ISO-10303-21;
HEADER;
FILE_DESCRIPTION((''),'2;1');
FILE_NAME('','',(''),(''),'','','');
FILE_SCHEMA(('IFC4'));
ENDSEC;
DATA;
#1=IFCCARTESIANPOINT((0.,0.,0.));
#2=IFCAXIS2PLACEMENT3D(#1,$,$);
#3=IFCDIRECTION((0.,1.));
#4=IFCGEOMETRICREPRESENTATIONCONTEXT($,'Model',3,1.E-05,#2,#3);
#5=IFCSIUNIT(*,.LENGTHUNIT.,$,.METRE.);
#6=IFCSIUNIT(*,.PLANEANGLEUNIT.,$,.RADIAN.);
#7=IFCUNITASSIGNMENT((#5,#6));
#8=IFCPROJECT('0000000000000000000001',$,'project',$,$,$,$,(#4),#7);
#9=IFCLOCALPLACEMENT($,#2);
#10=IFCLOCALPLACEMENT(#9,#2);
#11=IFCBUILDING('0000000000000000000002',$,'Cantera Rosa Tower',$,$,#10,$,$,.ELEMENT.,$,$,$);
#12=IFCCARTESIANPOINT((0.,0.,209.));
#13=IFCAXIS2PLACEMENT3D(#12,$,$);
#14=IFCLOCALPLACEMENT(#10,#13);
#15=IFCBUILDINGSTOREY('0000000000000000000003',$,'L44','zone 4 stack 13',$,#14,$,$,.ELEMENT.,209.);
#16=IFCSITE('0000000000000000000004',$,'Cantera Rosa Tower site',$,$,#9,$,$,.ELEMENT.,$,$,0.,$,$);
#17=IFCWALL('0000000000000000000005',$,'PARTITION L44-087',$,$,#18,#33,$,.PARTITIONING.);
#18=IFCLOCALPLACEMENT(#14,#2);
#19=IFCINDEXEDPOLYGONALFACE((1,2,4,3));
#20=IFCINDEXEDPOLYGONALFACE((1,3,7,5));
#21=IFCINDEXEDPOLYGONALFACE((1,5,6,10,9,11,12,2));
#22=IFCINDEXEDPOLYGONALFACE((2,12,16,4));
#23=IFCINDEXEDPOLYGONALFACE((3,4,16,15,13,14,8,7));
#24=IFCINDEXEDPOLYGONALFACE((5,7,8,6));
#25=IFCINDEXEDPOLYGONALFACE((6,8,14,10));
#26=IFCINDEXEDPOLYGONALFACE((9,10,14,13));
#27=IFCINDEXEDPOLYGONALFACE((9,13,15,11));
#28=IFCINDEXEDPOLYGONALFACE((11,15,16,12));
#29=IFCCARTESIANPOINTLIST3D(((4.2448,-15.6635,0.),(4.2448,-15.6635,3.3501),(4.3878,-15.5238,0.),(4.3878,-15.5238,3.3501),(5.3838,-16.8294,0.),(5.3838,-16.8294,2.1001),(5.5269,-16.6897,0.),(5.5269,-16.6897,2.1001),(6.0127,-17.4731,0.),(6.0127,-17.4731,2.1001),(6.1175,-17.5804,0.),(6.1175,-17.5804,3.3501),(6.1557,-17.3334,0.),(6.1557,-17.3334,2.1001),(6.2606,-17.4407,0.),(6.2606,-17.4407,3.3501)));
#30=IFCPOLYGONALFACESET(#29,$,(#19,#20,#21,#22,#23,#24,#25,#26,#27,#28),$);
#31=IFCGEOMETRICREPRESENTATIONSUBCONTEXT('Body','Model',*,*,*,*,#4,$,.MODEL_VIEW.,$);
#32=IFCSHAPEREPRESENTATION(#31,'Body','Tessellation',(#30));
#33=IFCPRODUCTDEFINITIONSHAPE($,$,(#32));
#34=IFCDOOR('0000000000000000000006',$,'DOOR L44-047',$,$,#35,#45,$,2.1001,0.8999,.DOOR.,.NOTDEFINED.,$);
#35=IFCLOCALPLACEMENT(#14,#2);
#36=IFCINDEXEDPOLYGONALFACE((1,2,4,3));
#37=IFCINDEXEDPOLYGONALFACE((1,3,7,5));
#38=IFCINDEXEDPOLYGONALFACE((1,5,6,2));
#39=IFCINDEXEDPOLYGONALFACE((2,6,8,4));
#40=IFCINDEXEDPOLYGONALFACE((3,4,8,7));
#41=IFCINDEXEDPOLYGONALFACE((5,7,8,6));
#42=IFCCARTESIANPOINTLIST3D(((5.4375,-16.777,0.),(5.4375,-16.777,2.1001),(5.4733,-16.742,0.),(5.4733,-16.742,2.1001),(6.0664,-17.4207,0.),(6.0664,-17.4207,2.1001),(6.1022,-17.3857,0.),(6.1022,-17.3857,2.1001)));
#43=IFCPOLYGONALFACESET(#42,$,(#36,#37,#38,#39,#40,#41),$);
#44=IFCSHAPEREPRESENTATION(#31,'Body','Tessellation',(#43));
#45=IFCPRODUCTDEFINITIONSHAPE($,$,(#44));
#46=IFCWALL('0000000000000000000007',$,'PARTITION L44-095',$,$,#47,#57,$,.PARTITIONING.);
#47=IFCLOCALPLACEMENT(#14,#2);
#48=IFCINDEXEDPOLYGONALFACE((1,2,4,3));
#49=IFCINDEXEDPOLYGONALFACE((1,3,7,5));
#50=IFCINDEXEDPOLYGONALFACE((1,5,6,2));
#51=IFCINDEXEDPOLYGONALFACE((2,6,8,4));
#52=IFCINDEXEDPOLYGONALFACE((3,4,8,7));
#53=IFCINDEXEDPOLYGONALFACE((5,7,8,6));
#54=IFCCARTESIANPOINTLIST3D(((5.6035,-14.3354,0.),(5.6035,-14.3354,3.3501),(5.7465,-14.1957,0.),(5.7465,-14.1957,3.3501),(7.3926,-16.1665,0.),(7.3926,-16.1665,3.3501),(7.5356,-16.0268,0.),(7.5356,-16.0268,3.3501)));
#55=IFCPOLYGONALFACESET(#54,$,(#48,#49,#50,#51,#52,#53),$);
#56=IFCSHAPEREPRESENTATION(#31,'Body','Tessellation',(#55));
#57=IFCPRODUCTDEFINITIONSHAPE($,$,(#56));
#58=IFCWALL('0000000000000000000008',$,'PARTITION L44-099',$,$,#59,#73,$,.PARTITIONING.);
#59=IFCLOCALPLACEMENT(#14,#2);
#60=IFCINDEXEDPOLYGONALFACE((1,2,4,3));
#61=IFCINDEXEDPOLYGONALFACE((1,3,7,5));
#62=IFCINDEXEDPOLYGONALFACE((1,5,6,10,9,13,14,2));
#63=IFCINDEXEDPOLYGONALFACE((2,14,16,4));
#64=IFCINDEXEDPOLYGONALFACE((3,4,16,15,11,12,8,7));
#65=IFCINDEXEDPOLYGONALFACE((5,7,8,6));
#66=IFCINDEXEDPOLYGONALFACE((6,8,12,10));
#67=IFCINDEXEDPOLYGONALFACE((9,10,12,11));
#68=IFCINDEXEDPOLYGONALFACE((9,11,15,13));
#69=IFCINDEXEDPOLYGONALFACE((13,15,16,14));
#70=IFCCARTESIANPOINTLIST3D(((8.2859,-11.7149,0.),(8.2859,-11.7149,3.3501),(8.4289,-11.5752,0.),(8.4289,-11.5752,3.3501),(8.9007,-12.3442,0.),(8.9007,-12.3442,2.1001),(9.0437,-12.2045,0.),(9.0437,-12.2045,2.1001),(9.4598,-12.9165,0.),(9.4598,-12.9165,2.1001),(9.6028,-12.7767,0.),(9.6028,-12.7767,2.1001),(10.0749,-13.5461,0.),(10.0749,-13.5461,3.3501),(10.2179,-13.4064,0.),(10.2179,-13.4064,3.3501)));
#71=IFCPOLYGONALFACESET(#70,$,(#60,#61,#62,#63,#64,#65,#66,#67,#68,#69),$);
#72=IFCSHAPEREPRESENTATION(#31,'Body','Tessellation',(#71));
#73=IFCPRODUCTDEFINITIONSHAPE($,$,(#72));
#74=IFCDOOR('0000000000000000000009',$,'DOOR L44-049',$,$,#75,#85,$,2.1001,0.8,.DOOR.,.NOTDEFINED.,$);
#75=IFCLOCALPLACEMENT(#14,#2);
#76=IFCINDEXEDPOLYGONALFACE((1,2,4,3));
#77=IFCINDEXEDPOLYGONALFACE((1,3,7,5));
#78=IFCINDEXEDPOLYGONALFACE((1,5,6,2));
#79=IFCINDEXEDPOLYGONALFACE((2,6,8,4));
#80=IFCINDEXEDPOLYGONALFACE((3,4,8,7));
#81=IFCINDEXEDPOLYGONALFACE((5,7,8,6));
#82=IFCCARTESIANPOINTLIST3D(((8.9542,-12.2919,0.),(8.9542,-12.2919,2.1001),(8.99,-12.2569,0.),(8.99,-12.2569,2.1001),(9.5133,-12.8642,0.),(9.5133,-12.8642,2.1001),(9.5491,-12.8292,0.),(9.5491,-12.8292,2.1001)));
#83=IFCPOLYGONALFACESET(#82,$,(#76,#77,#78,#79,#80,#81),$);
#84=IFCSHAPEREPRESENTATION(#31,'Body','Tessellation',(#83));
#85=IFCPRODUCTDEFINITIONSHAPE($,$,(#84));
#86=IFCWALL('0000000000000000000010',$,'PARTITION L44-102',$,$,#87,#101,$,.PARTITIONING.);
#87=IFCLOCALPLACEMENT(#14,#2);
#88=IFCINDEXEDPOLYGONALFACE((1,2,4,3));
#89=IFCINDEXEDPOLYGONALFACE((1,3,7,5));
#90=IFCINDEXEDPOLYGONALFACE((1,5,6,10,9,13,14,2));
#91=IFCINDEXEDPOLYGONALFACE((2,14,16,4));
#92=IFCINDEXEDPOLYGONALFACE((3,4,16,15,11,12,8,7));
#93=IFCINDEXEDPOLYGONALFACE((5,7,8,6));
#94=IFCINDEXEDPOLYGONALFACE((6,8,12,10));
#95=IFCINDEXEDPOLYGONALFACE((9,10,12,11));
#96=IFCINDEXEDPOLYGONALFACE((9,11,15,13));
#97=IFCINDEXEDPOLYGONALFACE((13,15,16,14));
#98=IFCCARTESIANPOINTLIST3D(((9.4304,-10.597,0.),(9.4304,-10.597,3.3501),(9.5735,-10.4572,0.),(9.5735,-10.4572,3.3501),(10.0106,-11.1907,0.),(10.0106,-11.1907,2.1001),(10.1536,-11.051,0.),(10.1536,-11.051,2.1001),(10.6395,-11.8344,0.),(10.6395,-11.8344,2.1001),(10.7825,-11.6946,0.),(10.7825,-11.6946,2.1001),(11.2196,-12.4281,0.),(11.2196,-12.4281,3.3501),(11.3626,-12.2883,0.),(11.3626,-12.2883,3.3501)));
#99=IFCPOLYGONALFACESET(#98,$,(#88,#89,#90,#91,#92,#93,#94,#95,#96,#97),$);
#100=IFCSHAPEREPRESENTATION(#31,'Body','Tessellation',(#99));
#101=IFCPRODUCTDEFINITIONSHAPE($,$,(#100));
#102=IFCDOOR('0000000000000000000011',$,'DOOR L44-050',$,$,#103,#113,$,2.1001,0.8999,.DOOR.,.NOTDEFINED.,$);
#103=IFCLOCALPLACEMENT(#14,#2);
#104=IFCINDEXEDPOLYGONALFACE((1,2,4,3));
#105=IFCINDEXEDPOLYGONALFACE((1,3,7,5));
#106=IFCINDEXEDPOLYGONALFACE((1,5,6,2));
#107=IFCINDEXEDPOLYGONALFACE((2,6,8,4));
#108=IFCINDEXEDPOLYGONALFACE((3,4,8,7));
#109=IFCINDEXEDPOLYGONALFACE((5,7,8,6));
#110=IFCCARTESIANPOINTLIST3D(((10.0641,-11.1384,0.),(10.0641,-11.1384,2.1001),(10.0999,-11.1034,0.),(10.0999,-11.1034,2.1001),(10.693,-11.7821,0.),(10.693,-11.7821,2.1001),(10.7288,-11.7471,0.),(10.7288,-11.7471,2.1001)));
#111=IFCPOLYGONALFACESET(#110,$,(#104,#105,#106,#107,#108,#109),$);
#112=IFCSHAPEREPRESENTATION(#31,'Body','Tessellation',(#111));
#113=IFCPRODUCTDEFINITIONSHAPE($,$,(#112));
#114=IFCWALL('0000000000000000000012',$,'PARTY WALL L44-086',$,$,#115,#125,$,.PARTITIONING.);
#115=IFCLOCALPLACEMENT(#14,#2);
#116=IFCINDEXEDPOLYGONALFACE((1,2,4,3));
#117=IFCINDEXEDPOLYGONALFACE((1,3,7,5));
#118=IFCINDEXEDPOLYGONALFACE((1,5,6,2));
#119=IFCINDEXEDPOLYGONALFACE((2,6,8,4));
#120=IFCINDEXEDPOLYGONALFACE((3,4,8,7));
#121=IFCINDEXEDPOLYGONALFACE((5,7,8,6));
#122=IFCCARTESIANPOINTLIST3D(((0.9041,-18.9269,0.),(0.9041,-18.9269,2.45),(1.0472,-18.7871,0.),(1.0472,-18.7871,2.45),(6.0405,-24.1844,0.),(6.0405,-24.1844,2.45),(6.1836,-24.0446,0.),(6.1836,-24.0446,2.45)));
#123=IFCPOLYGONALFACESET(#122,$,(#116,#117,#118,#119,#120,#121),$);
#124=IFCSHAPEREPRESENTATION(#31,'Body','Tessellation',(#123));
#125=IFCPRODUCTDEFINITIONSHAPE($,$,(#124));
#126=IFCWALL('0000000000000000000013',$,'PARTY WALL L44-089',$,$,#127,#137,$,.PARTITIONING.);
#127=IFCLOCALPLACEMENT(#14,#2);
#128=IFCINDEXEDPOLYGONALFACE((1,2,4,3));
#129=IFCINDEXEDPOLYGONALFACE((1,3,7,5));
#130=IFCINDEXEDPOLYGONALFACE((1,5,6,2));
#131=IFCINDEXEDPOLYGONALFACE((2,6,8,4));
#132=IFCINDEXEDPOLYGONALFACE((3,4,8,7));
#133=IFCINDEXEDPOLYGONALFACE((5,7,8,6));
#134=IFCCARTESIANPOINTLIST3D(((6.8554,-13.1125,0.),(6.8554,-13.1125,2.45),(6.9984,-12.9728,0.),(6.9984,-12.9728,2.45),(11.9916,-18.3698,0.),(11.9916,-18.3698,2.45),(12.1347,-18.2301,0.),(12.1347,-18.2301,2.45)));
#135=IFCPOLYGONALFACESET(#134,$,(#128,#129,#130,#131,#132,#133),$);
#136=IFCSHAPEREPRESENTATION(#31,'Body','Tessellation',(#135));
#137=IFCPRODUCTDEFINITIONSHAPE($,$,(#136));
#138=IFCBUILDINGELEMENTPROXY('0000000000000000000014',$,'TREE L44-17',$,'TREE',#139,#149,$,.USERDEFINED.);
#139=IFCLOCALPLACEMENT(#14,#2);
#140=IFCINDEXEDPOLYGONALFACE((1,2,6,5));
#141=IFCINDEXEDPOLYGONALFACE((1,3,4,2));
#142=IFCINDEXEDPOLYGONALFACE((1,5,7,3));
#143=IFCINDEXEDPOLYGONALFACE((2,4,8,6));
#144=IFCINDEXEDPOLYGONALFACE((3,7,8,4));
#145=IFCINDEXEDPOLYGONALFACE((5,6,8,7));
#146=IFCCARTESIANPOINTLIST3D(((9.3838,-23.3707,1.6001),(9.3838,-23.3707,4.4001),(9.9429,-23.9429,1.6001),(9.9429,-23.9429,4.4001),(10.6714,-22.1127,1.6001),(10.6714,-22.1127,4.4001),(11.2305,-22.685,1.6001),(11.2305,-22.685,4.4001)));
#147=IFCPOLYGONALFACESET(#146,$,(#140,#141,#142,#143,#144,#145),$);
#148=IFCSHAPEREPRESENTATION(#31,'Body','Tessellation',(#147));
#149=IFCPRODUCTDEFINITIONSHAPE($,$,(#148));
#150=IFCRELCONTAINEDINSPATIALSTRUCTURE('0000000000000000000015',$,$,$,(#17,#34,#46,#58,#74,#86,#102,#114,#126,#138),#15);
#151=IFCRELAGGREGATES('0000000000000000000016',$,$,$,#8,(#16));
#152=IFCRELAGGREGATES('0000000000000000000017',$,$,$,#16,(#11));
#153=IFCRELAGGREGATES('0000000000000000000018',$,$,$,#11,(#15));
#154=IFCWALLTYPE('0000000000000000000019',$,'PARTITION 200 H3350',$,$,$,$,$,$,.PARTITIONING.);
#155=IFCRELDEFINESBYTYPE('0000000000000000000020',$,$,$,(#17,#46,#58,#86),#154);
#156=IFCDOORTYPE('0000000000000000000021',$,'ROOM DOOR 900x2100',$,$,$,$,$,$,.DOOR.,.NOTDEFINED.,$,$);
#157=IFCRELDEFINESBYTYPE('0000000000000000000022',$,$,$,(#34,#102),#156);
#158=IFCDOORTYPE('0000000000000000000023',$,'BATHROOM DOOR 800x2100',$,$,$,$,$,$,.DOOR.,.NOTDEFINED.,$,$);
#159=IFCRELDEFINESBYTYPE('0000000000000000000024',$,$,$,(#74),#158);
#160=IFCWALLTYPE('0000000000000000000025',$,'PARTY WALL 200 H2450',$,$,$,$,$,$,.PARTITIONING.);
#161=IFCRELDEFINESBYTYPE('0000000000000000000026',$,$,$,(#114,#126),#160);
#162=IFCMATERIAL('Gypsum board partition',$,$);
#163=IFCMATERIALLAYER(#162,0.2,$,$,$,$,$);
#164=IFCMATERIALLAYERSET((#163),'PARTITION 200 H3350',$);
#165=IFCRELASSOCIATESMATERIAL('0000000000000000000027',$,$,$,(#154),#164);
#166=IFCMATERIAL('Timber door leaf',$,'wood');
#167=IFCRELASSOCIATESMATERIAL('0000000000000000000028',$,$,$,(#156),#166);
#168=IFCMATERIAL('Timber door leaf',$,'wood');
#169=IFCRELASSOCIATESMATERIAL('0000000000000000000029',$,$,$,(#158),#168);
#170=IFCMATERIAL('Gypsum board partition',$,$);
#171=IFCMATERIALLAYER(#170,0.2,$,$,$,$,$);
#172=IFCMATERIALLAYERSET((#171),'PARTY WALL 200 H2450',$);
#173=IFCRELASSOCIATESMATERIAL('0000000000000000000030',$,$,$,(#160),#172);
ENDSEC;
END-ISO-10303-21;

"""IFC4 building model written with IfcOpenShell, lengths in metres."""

from ifc_helpers import new_model, si_unit, direction, frame, frame_2d, origin, origin_2d, place, context, subcontext, project, spatial, rectangle, extrude, material, layer, layer_set, type_object, element, fill, save


model = new_model("IFC4")

# Units and contexts
model_context = context("Model", 3, precision=1e-05, world=origin(), true_north=direction((0.0, 1.0)))
body_context = subcontext(model_context, "Body", "Model", "MODEL_VIEW")
ifc_project = project(units=[si_unit("LENGTHUNIT", "METRE"), si_unit("PLANEANGLEUNIT", "RADIAN")], contexts=[model_context])

# Site, building, storey
site_placement = place(None, origin())
site = spatial("IfcSite", under=ifc_project, at=site_placement, Name="Cantera Rosa Tower site", CompositionType="ELEMENT", RefElevation=0.0)
building_placement = place(site_placement, origin())
building = spatial("IfcBuilding", under=site, at=building_placement, Name="Cantera Rosa Tower", CompositionType="ELEMENT")
storey_placement = place(building_placement, frame((0.0, 0.0, 209.0)))
storey = spatial("IfcBuildingStorey", under=building, at=storey_placement, Name="L44", Description="zone 4 stack 13", CompositionType="ELEMENT", Elevation=209.0)

# Wall, opening, door
ifc_material_1 = material(Name="Gypsum board partition")
ifc_layer_1 = layer(ifc_material_1, 0.2)
ifc_layer_set_1 = layer_set([ifc_layer_1], Name="PARTITION 200 H3350")
wall_type_1 = type_object("IfcWallType", Name="PARTITION 200 H3350", PredefinedType="PARTITIONING", material=ifc_layer_set_1)
wall_1_placement = place(storey_placement, frame((6.189, -17.5105, 0.0), z_axis=(0.0, 0.0, 1.0), x_axis=(-0.698814, 0.715303, 0.0)))
wall_1 = element("IfcWall", 1, at=wall_1_placement, inside=storey, type_object=wall_type_1, Name="PARTITION L44-087", PredefinedType="PARTITIONING", context=body_context, shape_type="SweptSolid", body=[
    extrude(rectangle(XDim=2.6799, YDim=0.2, at=frame_2d((1.3398, 0.0))), origin(), (0.0, 0.0, 1.0), 3.3501),
])
opening_1_placement = place(wall_1_placement, frame((0.1499, 0.0, 0.0)))
opening_1 = element("IfcOpeningElement", 2, at=opening_1_placement, cuts=wall_1, PredefinedType="OPENING", context=body_context, shape_type="SweptSolid", body=[
    extrude(rectangle(XDim=0.8999, YDim=2.1001, at=frame_2d((0.45, 1.05))), frame((0.0, 0.1099, 0.0), z_axis=(0.0, -1.0, 0.0), x_axis=(1.0, 0.0, 0.0)), (0.0, 0.0, 1.0), 0.22),
])
ifc_material_2 = material(Name="Timber door leaf", Category="wood")
door_type_1 = type_object("IfcDoorType", Name="ROOM DOOR 900x2100", OperationType="NOTDEFINED", PredefinedType="DOOR", material=ifc_material_2)
door_1_placement = place(opening_1_placement, origin())
door_1 = element("IfcDoor", 3, at=door_1_placement, inside=storey, type_object=door_type_1, Name="DOOR L44-047", OperationType="NOTDEFINED", OverallHeight=2.1001, OverallWidth=0.8999, PredefinedType="DOOR", context=body_context, shape_type="SweptSolid", body=[
    extrude(rectangle(XDim=0.8999, YDim=2.1001, at=frame_2d((0.45, 1.05))), frame((0.0, 0.0249, 0.0), z_axis=(0.0, -1.0, 0.0), x_axis=(1.0, 0.0, 0.0)), (0.0, 0.0, 1.0), 0.05),
])
fill(opening_1, door_1)

# Wall
wall_2_placement = place(storey_placement, frame((7.4641, -16.0967, 0.0), z_axis=(0.0, 0.0, 1.0), x_axis=(-0.698858, 0.715261, 0.0)))
element("IfcWall", 4, at=wall_2_placement, inside=storey, type_object=wall_type_1, Name="PARTITION L44-095", PredefinedType="PARTITIONING", context=body_context, shape_type="SweptSolid", body=[
    extrude(rectangle(XDim=2.5601, YDim=0.2, at=frame_2d((1.28, 0.0))), origin(), (0.0, 0.0, 1.0), 3.3501),
])

# Walls, openings, doors
wall_3_placement = place(storey_placement, frame((8.3574, -11.645, 0.0), z_axis=(0.0, 0.0, 1.0), x_axis=(0.69881, -0.715307, 0.0)))
wall_3 = element("IfcWall", 5, at=wall_3_placement, inside=storey, type_object=wall_type_1, Name="PARTITION L44-099", PredefinedType="PARTITIONING", context=body_context, shape_type="SweptSolid", body=[
    extrude(rectangle(XDim=2.5601, YDim=0.2, at=frame_2d((1.28, 0.0))), origin(), (0.0, 0.0, 1.0), 3.3501),
])
opening_2_placement = place(wall_3_placement, frame((0.8799, 0.0, 0.0)))
opening_2 = element("IfcOpeningElement", 6, at=opening_2_placement, cuts=wall_3, PredefinedType="OPENING", context=body_context, shape_type="SweptSolid", body=[
    extrude(rectangle(XDim=0.8, YDim=2.1001, at=frame_2d((0.3999, 1.05))), frame((0.0, 0.1099, 0.0), z_axis=(0.0, -1.0, 0.0), x_axis=(1.0, 0.0, 0.0)), (0.0, 0.0, 1.0), 0.22),
])
ifc_material_3 = material(Name="Timber door leaf", Category="wood")
door_type_2 = type_object("IfcDoorType", Name="BATHROOM DOOR 800x2100", OperationType="NOTDEFINED", PredefinedType="DOOR", material=ifc_material_3)
door_2_placement = place(opening_2_placement, origin())
door_2 = element("IfcDoor", 7, at=door_2_placement, inside=storey, type_object=door_type_2, Name="DOOR L44-049", OperationType="NOTDEFINED", OverallHeight=2.1001, OverallWidth=0.8, PredefinedType="DOOR", context=body_context, shape_type="SweptSolid", body=[
    extrude(rectangle(XDim=0.8, YDim=2.1001, at=frame_2d((0.3999, 1.05))), frame((0.0, 0.0249, 0.0), z_axis=(0.0, -1.0, 0.0), x_axis=(1.0, 0.0, 0.0)), (0.0, 0.0, 1.0), 0.05),
])
fill(opening_2, door_2)
wall_4_placement = place(storey_placement, frame((9.502, -10.5271, 0.0), z_axis=(0.0, 0.0, 1.0), x_axis=(0.698858, -0.715261, 0.0)))
wall_4 = element("IfcWall", 8, at=wall_4_placement, inside=storey, type_object=wall_type_1, Name="PARTITION L44-102", PredefinedType="PARTITIONING", context=body_context, shape_type="SweptSolid", body=[
    extrude(rectangle(XDim=2.5601, YDim=0.2, at=frame_2d((1.28, 0.0))), origin(), (0.0, 0.0, 1.0), 3.3501),
])
opening_3_placement = place(wall_4_placement, frame((0.8301, 0.0, 0.0)))
opening_3 = element("IfcOpeningElement", 9, at=opening_3_placement, cuts=wall_4, PredefinedType="OPENING", context=body_context, shape_type="SweptSolid", body=[
    extrude(rectangle(XDim=0.8999, YDim=2.1001, at=frame_2d((0.45, 1.05))), frame((0.0, 0.1099, 0.0), z_axis=(0.0, -1.0, 0.0), x_axis=(1.0, 0.0, 0.0)), (0.0, 0.0, 1.0), 0.22),
])
door_3_placement = place(opening_3_placement, origin())
door_3 = element("IfcDoor", 10, at=door_3_placement, inside=storey, type_object=door_type_1, Name="DOOR L44-050", OperationType="NOTDEFINED", OverallHeight=2.1001, OverallWidth=0.8999, PredefinedType="DOOR", context=body_context, shape_type="SweptSolid", body=[
    extrude(rectangle(XDim=0.8999, YDim=2.1001, at=frame_2d((0.45, 1.05))), frame((0.0, 0.0249, 0.0), z_axis=(0.0, -1.0, 0.0), x_axis=(1.0, 0.0, 0.0)), (0.0, 0.0, 1.0), 0.05),
])
fill(opening_3, door_3)

# Walls
ifc_material_4 = material(Name="Gypsum board partition")
ifc_layer_2 = layer(ifc_material_4, 0.2)
ifc_layer_set_2 = layer_set([ifc_layer_2], Name="PARTY WALL 200 H2450")
wall_type_2 = type_object("IfcWallType", Name="PARTY WALL 200 H2450", PredefinedType="PARTITIONING", material=ifc_layer_set_2)
wall_5_placement = place(storey_placement, frame((6.1121, -24.1145, 0.0), z_axis=(0.0, 0.0, 1.0), x_axis=(-0.698821, 0.715296, 0.0)))
element("IfcWall", 11, at=wall_5_placement, inside=storey, type_object=wall_type_2, Name="PARTY WALL L44-086", PredefinedType="PARTITIONING", context=body_context, shape_type="SweptSolid", body=[
    extrude(rectangle(XDim=7.3501, YDim=0.2, at=frame_2d((3.675, 0.0))), origin(), (0.0, 0.0, 1.0), 2.45),
])
wall_6_placement = place(storey_placement, frame((6.927, -13.0427, 0.0), z_axis=(0.0, 0.0, 1.0), x_axis=(0.698821, -0.715297, 0.0)))
element("IfcWall", 12, at=wall_6_placement, inside=storey, type_object=wall_type_2, Name="PARTY WALL L44-089", PredefinedType="PARTITIONING", context=body_context, shape_type="SweptSolid", body=[
    extrude(rectangle(XDim=7.3499, YDim=0.2, at=frame_2d((3.6748, 0.0))), origin(), (0.0, 0.0, 1.0), 2.45),
])

# Building element proxy
proxy_placement = place(storey_placement, frame((10.3071, -23.0278, 1.6001), z_axis=(0.0, 0.0, 1.0), x_axis=(0.715286, 0.698832, 0.0)))
element("IfcBuildingElementProxy", 13, at=proxy_placement, inside=storey, Name="TREE L44-17", ObjectType="TREE", PredefinedType="USERDEFINED", context=body_context, shape_type="SweptSolid", body=[
    extrude(rectangle(XDim=1.8, YDim=0.8, at=origin_2d()), origin(), (0.0, 0.0, 1.0), 2.8),
])

save(model, "model.ifc")
